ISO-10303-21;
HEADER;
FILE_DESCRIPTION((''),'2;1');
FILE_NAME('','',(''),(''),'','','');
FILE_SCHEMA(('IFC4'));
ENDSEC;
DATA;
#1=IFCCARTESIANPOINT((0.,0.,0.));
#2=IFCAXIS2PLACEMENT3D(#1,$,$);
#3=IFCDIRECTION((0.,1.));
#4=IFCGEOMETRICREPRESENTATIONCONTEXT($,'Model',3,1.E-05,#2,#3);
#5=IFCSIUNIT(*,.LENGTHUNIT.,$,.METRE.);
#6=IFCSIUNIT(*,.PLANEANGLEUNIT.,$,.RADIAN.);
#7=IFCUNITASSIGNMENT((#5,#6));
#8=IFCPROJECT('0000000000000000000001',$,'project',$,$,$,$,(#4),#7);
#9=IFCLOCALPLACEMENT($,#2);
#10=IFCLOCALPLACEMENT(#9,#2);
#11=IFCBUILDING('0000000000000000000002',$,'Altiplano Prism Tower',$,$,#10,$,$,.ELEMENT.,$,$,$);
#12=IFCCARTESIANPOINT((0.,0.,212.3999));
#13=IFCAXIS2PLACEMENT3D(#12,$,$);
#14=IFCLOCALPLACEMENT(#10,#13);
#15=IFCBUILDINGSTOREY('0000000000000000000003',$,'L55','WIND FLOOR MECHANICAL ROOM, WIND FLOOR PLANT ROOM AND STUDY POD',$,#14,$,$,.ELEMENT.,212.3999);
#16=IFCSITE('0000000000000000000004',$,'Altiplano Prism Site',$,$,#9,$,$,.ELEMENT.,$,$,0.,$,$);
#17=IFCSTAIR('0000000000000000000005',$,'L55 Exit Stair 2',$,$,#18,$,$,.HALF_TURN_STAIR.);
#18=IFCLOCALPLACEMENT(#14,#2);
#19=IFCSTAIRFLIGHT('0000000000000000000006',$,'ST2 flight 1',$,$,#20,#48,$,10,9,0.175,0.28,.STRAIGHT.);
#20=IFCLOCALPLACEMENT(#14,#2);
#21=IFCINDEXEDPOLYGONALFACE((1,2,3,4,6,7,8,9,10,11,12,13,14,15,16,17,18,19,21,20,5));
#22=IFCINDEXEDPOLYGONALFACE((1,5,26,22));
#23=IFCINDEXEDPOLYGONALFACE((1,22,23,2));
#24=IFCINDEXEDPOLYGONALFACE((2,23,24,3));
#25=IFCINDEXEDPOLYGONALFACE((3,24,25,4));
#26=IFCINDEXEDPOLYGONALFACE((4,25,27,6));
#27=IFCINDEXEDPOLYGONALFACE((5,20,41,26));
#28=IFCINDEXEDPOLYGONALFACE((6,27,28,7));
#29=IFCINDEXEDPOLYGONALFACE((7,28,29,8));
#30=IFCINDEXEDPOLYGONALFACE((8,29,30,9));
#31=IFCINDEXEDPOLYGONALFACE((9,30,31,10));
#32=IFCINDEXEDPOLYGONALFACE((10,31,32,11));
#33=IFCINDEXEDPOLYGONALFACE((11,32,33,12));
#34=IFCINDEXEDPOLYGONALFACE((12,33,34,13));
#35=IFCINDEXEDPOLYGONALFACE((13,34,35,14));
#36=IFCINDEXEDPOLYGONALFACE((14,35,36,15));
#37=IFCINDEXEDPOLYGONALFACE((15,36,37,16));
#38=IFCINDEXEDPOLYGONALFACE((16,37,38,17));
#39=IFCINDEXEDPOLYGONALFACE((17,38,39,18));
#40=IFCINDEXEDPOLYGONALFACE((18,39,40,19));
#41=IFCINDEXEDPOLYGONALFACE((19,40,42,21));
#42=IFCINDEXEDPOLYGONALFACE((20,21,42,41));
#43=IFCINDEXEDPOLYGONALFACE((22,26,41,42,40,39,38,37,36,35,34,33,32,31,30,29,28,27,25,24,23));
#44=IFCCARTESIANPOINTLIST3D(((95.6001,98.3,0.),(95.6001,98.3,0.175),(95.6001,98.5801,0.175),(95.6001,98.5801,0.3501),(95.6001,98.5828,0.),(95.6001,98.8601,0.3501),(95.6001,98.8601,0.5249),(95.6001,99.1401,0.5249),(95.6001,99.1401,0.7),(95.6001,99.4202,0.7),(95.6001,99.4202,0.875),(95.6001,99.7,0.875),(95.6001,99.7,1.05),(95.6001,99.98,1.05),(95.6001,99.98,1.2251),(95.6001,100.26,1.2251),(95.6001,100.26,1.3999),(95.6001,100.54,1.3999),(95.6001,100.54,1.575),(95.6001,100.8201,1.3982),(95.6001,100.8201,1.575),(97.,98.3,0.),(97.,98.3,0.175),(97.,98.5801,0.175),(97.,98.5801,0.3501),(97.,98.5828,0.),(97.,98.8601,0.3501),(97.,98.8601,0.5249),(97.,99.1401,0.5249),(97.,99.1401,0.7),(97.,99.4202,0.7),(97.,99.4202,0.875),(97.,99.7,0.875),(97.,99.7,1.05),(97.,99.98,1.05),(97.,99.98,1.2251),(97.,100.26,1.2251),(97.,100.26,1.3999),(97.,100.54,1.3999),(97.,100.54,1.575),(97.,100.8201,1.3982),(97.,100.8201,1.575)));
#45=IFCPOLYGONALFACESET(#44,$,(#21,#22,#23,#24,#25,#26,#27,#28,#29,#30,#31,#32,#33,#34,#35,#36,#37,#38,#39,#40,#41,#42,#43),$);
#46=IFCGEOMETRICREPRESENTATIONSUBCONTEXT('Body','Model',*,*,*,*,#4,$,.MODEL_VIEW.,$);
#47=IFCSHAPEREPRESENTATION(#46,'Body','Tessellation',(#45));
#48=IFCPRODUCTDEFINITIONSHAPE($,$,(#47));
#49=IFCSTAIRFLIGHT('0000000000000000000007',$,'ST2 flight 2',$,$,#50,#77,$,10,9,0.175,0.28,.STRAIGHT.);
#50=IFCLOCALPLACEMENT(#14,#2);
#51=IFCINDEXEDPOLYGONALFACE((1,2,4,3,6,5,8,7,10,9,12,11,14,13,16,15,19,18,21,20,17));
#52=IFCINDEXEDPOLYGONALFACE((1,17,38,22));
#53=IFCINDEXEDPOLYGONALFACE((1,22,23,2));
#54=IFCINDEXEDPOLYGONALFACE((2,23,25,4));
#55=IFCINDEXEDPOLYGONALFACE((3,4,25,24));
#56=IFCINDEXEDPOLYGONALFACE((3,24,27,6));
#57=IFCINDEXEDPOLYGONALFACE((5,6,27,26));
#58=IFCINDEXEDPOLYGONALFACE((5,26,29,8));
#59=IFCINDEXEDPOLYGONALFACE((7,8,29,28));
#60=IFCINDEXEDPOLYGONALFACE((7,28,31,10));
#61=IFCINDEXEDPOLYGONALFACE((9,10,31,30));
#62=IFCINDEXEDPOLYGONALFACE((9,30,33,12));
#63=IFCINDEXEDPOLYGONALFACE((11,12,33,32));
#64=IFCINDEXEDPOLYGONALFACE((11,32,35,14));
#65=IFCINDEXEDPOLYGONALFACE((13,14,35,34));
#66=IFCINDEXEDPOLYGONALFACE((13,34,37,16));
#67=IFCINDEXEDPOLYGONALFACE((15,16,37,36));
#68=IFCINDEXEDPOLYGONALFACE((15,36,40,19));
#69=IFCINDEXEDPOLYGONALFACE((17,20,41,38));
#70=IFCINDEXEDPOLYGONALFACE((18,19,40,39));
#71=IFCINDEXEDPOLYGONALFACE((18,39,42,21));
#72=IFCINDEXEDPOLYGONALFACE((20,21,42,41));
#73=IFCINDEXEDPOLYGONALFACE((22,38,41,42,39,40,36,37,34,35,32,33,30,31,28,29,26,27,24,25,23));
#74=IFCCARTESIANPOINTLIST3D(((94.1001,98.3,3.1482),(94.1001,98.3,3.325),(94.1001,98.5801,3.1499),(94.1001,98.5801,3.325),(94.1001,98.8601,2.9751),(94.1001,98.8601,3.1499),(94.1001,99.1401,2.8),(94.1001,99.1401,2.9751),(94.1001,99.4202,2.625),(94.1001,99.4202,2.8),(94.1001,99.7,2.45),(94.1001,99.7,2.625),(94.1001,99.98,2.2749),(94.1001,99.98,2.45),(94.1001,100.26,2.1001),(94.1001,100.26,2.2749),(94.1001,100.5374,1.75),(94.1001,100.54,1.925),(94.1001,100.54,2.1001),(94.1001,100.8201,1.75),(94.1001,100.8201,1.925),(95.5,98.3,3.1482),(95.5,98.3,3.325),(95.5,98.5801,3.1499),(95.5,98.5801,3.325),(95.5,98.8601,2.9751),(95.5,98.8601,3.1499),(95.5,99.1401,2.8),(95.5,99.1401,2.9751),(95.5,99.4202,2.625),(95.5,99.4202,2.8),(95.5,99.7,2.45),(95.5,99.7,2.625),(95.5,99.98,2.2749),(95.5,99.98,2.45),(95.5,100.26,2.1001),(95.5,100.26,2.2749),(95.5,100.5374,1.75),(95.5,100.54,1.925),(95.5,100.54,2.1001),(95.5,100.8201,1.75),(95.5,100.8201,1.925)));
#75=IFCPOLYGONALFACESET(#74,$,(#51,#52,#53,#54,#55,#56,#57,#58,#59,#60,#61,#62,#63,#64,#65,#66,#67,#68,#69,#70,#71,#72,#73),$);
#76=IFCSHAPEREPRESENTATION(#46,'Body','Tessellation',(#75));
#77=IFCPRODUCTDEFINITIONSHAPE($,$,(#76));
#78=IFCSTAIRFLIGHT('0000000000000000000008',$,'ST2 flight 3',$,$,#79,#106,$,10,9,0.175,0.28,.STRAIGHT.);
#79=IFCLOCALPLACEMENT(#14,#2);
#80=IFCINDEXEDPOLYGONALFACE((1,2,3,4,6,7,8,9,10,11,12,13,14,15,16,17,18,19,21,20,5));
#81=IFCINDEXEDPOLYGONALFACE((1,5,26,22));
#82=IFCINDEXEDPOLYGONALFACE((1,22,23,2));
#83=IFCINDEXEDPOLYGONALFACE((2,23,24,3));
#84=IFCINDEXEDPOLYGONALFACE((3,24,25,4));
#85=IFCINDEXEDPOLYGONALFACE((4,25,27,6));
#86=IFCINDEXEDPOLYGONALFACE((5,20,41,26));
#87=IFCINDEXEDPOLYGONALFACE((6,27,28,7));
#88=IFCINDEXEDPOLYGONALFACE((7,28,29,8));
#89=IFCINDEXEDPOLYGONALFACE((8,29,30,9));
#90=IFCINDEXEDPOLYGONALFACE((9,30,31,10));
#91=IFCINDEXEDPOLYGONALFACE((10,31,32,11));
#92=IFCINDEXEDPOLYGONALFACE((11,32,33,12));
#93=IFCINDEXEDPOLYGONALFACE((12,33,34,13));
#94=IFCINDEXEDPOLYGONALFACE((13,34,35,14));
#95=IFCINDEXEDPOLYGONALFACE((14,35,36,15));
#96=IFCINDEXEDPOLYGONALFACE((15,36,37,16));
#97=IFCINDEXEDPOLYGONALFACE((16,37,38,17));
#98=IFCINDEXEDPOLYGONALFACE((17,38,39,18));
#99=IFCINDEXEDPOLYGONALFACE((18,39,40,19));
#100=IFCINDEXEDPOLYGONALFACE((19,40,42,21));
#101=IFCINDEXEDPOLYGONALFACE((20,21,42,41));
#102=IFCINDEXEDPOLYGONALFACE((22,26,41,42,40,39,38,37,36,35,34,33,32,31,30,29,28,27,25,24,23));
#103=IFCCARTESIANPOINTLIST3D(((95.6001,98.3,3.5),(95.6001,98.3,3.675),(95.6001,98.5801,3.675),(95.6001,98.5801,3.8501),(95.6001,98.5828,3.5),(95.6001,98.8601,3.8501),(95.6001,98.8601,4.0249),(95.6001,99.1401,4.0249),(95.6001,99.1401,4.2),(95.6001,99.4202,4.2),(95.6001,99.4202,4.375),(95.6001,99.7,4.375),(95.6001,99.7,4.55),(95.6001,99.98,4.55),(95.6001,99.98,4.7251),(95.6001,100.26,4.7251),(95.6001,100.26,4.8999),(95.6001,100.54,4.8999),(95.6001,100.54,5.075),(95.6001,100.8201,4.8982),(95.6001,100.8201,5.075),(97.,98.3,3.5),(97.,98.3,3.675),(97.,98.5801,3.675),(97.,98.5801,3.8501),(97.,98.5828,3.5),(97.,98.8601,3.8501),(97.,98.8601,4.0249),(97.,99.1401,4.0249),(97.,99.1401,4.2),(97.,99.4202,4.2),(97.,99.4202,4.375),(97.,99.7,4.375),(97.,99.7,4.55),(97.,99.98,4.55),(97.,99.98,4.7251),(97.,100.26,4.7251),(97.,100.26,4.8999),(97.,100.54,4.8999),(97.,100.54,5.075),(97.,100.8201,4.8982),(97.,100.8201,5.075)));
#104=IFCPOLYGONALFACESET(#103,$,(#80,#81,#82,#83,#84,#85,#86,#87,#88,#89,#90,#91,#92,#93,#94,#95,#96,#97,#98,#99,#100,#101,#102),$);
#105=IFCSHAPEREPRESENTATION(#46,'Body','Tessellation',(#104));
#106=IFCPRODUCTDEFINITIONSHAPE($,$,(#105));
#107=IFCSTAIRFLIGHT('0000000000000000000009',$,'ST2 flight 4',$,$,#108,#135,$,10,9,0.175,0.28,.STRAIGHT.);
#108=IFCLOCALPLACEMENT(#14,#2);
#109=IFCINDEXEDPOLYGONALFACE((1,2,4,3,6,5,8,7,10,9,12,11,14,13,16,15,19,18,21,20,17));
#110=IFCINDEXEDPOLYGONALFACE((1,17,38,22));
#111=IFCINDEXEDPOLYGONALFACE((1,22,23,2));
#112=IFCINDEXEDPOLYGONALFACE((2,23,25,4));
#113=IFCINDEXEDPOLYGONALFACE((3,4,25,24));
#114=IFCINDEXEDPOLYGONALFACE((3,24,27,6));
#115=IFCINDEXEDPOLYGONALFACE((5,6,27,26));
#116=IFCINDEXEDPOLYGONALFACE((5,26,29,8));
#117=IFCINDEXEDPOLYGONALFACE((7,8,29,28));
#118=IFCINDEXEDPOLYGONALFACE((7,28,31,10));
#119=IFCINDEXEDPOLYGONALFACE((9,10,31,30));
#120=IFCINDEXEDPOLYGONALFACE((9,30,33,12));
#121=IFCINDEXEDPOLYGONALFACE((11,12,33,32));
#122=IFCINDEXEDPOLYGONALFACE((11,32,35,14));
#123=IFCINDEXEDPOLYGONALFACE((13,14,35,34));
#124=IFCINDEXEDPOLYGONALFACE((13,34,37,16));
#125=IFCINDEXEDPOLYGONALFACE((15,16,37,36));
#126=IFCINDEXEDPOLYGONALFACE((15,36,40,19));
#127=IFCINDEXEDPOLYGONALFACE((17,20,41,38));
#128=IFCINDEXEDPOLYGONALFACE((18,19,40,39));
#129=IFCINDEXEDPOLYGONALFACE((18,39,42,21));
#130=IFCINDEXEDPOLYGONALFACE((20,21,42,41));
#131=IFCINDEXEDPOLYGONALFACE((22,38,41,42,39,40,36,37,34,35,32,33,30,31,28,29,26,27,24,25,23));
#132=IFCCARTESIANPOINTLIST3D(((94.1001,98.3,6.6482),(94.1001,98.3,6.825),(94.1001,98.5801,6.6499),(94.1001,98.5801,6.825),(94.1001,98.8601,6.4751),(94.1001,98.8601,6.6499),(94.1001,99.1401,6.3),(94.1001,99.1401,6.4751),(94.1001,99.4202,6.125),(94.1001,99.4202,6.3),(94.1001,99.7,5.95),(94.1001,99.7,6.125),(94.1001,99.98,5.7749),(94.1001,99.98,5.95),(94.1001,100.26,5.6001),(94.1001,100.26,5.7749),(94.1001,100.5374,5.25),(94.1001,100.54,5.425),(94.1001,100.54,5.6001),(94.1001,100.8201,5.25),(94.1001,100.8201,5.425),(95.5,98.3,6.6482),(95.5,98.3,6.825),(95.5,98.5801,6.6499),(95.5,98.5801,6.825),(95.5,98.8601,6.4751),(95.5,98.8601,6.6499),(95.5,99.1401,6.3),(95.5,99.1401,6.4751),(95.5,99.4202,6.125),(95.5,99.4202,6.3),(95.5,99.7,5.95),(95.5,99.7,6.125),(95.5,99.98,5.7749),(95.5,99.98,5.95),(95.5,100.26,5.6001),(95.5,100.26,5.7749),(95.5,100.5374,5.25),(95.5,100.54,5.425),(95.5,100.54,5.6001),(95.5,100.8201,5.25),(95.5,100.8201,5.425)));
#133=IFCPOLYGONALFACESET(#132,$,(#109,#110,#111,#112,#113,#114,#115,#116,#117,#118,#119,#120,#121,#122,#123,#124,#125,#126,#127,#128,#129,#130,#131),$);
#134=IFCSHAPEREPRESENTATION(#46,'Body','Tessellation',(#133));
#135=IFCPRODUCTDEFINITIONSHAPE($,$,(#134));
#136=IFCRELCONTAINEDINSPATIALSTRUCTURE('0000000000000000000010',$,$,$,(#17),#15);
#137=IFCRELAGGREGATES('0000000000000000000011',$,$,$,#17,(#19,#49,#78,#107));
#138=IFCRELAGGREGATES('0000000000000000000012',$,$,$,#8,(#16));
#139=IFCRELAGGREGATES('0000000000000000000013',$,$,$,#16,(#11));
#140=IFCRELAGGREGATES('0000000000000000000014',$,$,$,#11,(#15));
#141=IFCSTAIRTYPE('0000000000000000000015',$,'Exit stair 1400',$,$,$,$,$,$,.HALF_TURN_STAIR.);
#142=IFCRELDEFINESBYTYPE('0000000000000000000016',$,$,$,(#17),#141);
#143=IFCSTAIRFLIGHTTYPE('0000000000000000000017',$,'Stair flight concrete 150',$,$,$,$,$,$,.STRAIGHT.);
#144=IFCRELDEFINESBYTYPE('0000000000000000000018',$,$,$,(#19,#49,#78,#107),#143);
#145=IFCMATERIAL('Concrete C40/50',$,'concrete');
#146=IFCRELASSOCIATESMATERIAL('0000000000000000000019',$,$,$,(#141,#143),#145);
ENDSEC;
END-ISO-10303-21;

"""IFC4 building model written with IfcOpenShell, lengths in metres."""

from ifc_helpers import new_model, si_unit, direction, frame, origin, place, context, subcontext, project, spatial, polyline, outline, extrude, material, type_object, element, aggregate, save


model = new_model("IFC4")

# Units and contexts
model_context = context("Model", 3, precision=1e-05, world=origin(), true_north=direction((0.0, 1.0)))
body_context = subcontext(model_context, "Body", "Model", "MODEL_VIEW")
ifc_project = project(units=[si_unit("LENGTHUNIT", "METRE"), si_unit("PLANEANGLEUNIT", "RADIAN")], contexts=[model_context])

# Site, building, storey
site_placement = place(None, origin())
site = spatial("IfcSite", under=ifc_project, at=site_placement, Name="Altiplano Prism Site", CompositionType="ELEMENT", RefElevation=0.0)
building_placement = place(site_placement, origin())
building = spatial("IfcBuilding", under=site, at=building_placement, Name="Altiplano Prism Tower", CompositionType="ELEMENT")
storey_placement = place(building_placement, frame((0.0, 0.0, 212.3999)))
storey = spatial("IfcBuildingStorey", under=building, at=storey_placement, Name="L55", Description="WIND FLOOR MECHANICAL ROOM, WIND FLOOR PLANT ROOM AND STUDY POD", CompositionType="ELEMENT", Elevation=212.3999)

# Stair, stair flights
ifc_material_1 = material(Name="Concrete C40/50", Category="concrete")
stair_type = type_object("IfcStairType", Name="Exit stair 1400", PredefinedType="HALF_TURN_STAIR", material=ifc_material_1)
stair_placement = place(storey_placement, origin())
stair = element("IfcStair", 1, at=stair_placement, inside=storey, type_object=stair_type, Name="L55 Exit Stair 2", PredefinedType="HALF_TURN_STAIR")
stair_flight_type = type_object("IfcStairFlightType", Name="Stair flight concrete 150", PredefinedType="STRAIGHT", material=ifc_material_1)
stair_flight_1_placement = place(storey_placement, frame((96.3, 98.3, 0.0), z_axis=(0.0, 0.0, 1.0), x_axis=(0.0, 1.0, 0.0)))
stair_flight_1 = element("IfcStairFlight", 2, at=stair_flight_1_placement, type_object=stair_flight_type, Name="ST2 flight 1", NumberOfRisers=10, NumberOfTreads=9, PredefinedType="STRAIGHT", RiserHeight=0.175, TreadLength=0.28, context=body_context, shape_type="SweptSolid", body=[
    extrude(outline(polyline([(0.0, 0.0), (0.0, 0.175), (0.28, 0.175), (0.28, 0.3501), (0.5601, 0.3501), (0.5601, 0.5249), (0.8401, 0.5249), (0.8401, 0.7), (1.1201, 0.7), (1.1201, 0.875), (1.3999, 0.875), (1.3999, 1.05), (1.6799, 1.05), (1.6799, 1.2251), (1.96, 1.2251), (1.96, 1.3999), (2.24, 1.3999), (2.24, 1.575), (2.52, 1.575), (2.52, 1.75), (2.52, 1.3982), (0.2827, 0.0), (0.0, 0.0)])), frame((0.0, 0.7, 0.0), z_axis=(0.0, -1.0, 0.0), x_axis=(1.0, 0.0, 0.0)), (0.0, 0.0, 1.0), 1.3999),
])
stair_flight_2_placement = place(storey_placement, frame((94.8, 100.8201, 1.75), z_axis=(0.0, 0.0, 1.0), x_axis=(0.0, -1.0, 0.0)))
stair_flight_2 = element("IfcStairFlight", 3, at=stair_flight_2_placement, type_object=stair_flight_type, Name="ST2 flight 2", NumberOfRisers=10, NumberOfTreads=9, PredefinedType="STRAIGHT", RiserHeight=0.175, TreadLength=0.28, context=body_context, shape_type="SweptSolid", body=[
    extrude(outline(polyline([(0.0, 0.0), (0.0, 0.175), (0.28, 0.175), (0.28, 0.3501), (0.5601, 0.3501), (0.5601, 0.5249), (0.8401, 0.5249), (0.8401, 0.7), (1.1201, 0.7), (1.1201, 0.875), (1.3999, 0.875), (1.3999, 1.05), (1.6799, 1.05), (1.6799, 1.2251), (1.96, 1.2251), (1.96, 1.3999), (2.24, 1.3999), (2.24, 1.575), (2.52, 1.575), (2.52, 1.75), (2.52, 1.3982), (0.2827, 0.0), (0.0, 0.0)])), frame((0.0, 0.7, 0.0), z_axis=(0.0, -1.0, 0.0), x_axis=(1.0, 0.0, 0.0)), (0.0, 0.0, 1.0), 1.3999),
])
stair_flight_3_placement = place(storey_placement, frame((96.3, 98.3, 3.5), z_axis=(0.0, 0.0, 1.0), x_axis=(0.0, 1.0, 0.0)))
stair_flight_3 = element("IfcStairFlight", 4, at=stair_flight_3_placement, type_object=stair_flight_type, Name="ST2 flight 3", NumberOfRisers=10, NumberOfTreads=9, PredefinedType="STRAIGHT", RiserHeight=0.175, TreadLength=0.28, context=body_context, shape_type="SweptSolid", body=[
    extrude(outline(polyline([(0.0, 0.0), (0.0, 0.175), (0.28, 0.175), (0.28, 0.3501), (0.5601, 0.3501), (0.5601, 0.5249), (0.8401, 0.5249), (0.8401, 0.7), (1.1201, 0.7), (1.1201, 0.875), (1.3999, 0.875), (1.3999, 1.05), (1.6799, 1.05), (1.6799, 1.2251), (1.96, 1.2251), (1.96, 1.3999), (2.24, 1.3999), (2.24, 1.575), (2.52, 1.575), (2.52, 1.75), (2.52, 1.3982), (0.2827, 0.0), (0.0, 0.0)])), frame((0.0, 0.7, 0.0), z_axis=(0.0, -1.0, 0.0), x_axis=(1.0, 0.0, 0.0)), (0.0, 0.0, 1.0), 1.3999),
])
stair_flight_4_placement = place(storey_placement, frame((94.8, 100.8201, 5.25), z_axis=(0.0, 0.0, 1.0), x_axis=(0.0, -1.0, 0.0)))
stair_flight_4 = element("IfcStairFlight", 5, at=stair_flight_4_placement, type_object=stair_flight_type, Name="ST2 flight 4", NumberOfRisers=10, NumberOfTreads=9, PredefinedType="STRAIGHT", RiserHeight=0.175, TreadLength=0.28, context=body_context, shape_type="SweptSolid", body=[
    extrude(outline(polyline([(0.0, 0.0), (0.0, 0.175), (0.28, 0.175), (0.28, 0.3501), (0.5601, 0.3501), (0.5601, 0.5249), (0.8401, 0.5249), (0.8401, 0.7), (1.1201, 0.7), (1.1201, 0.875), (1.3999, 0.875), (1.3999, 1.05), (1.6799, 1.05), (1.6799, 1.2251), (1.96, 1.2251), (1.96, 1.3999), (2.24, 1.3999), (2.24, 1.575), (2.52, 1.575), (2.52, 1.75), (2.52, 1.3982), (0.2827, 0.0), (0.0, 0.0)])), frame((0.0, 0.7, 0.0), z_axis=(0.0, -1.0, 0.0), x_axis=(1.0, 0.0, 0.0)), (0.0, 0.0, 1.0), 1.3999),
])
aggregate(stair, [stair_flight_1, stair_flight_2, stair_flight_3, stair_flight_4])

save(model, "model.ifc")
